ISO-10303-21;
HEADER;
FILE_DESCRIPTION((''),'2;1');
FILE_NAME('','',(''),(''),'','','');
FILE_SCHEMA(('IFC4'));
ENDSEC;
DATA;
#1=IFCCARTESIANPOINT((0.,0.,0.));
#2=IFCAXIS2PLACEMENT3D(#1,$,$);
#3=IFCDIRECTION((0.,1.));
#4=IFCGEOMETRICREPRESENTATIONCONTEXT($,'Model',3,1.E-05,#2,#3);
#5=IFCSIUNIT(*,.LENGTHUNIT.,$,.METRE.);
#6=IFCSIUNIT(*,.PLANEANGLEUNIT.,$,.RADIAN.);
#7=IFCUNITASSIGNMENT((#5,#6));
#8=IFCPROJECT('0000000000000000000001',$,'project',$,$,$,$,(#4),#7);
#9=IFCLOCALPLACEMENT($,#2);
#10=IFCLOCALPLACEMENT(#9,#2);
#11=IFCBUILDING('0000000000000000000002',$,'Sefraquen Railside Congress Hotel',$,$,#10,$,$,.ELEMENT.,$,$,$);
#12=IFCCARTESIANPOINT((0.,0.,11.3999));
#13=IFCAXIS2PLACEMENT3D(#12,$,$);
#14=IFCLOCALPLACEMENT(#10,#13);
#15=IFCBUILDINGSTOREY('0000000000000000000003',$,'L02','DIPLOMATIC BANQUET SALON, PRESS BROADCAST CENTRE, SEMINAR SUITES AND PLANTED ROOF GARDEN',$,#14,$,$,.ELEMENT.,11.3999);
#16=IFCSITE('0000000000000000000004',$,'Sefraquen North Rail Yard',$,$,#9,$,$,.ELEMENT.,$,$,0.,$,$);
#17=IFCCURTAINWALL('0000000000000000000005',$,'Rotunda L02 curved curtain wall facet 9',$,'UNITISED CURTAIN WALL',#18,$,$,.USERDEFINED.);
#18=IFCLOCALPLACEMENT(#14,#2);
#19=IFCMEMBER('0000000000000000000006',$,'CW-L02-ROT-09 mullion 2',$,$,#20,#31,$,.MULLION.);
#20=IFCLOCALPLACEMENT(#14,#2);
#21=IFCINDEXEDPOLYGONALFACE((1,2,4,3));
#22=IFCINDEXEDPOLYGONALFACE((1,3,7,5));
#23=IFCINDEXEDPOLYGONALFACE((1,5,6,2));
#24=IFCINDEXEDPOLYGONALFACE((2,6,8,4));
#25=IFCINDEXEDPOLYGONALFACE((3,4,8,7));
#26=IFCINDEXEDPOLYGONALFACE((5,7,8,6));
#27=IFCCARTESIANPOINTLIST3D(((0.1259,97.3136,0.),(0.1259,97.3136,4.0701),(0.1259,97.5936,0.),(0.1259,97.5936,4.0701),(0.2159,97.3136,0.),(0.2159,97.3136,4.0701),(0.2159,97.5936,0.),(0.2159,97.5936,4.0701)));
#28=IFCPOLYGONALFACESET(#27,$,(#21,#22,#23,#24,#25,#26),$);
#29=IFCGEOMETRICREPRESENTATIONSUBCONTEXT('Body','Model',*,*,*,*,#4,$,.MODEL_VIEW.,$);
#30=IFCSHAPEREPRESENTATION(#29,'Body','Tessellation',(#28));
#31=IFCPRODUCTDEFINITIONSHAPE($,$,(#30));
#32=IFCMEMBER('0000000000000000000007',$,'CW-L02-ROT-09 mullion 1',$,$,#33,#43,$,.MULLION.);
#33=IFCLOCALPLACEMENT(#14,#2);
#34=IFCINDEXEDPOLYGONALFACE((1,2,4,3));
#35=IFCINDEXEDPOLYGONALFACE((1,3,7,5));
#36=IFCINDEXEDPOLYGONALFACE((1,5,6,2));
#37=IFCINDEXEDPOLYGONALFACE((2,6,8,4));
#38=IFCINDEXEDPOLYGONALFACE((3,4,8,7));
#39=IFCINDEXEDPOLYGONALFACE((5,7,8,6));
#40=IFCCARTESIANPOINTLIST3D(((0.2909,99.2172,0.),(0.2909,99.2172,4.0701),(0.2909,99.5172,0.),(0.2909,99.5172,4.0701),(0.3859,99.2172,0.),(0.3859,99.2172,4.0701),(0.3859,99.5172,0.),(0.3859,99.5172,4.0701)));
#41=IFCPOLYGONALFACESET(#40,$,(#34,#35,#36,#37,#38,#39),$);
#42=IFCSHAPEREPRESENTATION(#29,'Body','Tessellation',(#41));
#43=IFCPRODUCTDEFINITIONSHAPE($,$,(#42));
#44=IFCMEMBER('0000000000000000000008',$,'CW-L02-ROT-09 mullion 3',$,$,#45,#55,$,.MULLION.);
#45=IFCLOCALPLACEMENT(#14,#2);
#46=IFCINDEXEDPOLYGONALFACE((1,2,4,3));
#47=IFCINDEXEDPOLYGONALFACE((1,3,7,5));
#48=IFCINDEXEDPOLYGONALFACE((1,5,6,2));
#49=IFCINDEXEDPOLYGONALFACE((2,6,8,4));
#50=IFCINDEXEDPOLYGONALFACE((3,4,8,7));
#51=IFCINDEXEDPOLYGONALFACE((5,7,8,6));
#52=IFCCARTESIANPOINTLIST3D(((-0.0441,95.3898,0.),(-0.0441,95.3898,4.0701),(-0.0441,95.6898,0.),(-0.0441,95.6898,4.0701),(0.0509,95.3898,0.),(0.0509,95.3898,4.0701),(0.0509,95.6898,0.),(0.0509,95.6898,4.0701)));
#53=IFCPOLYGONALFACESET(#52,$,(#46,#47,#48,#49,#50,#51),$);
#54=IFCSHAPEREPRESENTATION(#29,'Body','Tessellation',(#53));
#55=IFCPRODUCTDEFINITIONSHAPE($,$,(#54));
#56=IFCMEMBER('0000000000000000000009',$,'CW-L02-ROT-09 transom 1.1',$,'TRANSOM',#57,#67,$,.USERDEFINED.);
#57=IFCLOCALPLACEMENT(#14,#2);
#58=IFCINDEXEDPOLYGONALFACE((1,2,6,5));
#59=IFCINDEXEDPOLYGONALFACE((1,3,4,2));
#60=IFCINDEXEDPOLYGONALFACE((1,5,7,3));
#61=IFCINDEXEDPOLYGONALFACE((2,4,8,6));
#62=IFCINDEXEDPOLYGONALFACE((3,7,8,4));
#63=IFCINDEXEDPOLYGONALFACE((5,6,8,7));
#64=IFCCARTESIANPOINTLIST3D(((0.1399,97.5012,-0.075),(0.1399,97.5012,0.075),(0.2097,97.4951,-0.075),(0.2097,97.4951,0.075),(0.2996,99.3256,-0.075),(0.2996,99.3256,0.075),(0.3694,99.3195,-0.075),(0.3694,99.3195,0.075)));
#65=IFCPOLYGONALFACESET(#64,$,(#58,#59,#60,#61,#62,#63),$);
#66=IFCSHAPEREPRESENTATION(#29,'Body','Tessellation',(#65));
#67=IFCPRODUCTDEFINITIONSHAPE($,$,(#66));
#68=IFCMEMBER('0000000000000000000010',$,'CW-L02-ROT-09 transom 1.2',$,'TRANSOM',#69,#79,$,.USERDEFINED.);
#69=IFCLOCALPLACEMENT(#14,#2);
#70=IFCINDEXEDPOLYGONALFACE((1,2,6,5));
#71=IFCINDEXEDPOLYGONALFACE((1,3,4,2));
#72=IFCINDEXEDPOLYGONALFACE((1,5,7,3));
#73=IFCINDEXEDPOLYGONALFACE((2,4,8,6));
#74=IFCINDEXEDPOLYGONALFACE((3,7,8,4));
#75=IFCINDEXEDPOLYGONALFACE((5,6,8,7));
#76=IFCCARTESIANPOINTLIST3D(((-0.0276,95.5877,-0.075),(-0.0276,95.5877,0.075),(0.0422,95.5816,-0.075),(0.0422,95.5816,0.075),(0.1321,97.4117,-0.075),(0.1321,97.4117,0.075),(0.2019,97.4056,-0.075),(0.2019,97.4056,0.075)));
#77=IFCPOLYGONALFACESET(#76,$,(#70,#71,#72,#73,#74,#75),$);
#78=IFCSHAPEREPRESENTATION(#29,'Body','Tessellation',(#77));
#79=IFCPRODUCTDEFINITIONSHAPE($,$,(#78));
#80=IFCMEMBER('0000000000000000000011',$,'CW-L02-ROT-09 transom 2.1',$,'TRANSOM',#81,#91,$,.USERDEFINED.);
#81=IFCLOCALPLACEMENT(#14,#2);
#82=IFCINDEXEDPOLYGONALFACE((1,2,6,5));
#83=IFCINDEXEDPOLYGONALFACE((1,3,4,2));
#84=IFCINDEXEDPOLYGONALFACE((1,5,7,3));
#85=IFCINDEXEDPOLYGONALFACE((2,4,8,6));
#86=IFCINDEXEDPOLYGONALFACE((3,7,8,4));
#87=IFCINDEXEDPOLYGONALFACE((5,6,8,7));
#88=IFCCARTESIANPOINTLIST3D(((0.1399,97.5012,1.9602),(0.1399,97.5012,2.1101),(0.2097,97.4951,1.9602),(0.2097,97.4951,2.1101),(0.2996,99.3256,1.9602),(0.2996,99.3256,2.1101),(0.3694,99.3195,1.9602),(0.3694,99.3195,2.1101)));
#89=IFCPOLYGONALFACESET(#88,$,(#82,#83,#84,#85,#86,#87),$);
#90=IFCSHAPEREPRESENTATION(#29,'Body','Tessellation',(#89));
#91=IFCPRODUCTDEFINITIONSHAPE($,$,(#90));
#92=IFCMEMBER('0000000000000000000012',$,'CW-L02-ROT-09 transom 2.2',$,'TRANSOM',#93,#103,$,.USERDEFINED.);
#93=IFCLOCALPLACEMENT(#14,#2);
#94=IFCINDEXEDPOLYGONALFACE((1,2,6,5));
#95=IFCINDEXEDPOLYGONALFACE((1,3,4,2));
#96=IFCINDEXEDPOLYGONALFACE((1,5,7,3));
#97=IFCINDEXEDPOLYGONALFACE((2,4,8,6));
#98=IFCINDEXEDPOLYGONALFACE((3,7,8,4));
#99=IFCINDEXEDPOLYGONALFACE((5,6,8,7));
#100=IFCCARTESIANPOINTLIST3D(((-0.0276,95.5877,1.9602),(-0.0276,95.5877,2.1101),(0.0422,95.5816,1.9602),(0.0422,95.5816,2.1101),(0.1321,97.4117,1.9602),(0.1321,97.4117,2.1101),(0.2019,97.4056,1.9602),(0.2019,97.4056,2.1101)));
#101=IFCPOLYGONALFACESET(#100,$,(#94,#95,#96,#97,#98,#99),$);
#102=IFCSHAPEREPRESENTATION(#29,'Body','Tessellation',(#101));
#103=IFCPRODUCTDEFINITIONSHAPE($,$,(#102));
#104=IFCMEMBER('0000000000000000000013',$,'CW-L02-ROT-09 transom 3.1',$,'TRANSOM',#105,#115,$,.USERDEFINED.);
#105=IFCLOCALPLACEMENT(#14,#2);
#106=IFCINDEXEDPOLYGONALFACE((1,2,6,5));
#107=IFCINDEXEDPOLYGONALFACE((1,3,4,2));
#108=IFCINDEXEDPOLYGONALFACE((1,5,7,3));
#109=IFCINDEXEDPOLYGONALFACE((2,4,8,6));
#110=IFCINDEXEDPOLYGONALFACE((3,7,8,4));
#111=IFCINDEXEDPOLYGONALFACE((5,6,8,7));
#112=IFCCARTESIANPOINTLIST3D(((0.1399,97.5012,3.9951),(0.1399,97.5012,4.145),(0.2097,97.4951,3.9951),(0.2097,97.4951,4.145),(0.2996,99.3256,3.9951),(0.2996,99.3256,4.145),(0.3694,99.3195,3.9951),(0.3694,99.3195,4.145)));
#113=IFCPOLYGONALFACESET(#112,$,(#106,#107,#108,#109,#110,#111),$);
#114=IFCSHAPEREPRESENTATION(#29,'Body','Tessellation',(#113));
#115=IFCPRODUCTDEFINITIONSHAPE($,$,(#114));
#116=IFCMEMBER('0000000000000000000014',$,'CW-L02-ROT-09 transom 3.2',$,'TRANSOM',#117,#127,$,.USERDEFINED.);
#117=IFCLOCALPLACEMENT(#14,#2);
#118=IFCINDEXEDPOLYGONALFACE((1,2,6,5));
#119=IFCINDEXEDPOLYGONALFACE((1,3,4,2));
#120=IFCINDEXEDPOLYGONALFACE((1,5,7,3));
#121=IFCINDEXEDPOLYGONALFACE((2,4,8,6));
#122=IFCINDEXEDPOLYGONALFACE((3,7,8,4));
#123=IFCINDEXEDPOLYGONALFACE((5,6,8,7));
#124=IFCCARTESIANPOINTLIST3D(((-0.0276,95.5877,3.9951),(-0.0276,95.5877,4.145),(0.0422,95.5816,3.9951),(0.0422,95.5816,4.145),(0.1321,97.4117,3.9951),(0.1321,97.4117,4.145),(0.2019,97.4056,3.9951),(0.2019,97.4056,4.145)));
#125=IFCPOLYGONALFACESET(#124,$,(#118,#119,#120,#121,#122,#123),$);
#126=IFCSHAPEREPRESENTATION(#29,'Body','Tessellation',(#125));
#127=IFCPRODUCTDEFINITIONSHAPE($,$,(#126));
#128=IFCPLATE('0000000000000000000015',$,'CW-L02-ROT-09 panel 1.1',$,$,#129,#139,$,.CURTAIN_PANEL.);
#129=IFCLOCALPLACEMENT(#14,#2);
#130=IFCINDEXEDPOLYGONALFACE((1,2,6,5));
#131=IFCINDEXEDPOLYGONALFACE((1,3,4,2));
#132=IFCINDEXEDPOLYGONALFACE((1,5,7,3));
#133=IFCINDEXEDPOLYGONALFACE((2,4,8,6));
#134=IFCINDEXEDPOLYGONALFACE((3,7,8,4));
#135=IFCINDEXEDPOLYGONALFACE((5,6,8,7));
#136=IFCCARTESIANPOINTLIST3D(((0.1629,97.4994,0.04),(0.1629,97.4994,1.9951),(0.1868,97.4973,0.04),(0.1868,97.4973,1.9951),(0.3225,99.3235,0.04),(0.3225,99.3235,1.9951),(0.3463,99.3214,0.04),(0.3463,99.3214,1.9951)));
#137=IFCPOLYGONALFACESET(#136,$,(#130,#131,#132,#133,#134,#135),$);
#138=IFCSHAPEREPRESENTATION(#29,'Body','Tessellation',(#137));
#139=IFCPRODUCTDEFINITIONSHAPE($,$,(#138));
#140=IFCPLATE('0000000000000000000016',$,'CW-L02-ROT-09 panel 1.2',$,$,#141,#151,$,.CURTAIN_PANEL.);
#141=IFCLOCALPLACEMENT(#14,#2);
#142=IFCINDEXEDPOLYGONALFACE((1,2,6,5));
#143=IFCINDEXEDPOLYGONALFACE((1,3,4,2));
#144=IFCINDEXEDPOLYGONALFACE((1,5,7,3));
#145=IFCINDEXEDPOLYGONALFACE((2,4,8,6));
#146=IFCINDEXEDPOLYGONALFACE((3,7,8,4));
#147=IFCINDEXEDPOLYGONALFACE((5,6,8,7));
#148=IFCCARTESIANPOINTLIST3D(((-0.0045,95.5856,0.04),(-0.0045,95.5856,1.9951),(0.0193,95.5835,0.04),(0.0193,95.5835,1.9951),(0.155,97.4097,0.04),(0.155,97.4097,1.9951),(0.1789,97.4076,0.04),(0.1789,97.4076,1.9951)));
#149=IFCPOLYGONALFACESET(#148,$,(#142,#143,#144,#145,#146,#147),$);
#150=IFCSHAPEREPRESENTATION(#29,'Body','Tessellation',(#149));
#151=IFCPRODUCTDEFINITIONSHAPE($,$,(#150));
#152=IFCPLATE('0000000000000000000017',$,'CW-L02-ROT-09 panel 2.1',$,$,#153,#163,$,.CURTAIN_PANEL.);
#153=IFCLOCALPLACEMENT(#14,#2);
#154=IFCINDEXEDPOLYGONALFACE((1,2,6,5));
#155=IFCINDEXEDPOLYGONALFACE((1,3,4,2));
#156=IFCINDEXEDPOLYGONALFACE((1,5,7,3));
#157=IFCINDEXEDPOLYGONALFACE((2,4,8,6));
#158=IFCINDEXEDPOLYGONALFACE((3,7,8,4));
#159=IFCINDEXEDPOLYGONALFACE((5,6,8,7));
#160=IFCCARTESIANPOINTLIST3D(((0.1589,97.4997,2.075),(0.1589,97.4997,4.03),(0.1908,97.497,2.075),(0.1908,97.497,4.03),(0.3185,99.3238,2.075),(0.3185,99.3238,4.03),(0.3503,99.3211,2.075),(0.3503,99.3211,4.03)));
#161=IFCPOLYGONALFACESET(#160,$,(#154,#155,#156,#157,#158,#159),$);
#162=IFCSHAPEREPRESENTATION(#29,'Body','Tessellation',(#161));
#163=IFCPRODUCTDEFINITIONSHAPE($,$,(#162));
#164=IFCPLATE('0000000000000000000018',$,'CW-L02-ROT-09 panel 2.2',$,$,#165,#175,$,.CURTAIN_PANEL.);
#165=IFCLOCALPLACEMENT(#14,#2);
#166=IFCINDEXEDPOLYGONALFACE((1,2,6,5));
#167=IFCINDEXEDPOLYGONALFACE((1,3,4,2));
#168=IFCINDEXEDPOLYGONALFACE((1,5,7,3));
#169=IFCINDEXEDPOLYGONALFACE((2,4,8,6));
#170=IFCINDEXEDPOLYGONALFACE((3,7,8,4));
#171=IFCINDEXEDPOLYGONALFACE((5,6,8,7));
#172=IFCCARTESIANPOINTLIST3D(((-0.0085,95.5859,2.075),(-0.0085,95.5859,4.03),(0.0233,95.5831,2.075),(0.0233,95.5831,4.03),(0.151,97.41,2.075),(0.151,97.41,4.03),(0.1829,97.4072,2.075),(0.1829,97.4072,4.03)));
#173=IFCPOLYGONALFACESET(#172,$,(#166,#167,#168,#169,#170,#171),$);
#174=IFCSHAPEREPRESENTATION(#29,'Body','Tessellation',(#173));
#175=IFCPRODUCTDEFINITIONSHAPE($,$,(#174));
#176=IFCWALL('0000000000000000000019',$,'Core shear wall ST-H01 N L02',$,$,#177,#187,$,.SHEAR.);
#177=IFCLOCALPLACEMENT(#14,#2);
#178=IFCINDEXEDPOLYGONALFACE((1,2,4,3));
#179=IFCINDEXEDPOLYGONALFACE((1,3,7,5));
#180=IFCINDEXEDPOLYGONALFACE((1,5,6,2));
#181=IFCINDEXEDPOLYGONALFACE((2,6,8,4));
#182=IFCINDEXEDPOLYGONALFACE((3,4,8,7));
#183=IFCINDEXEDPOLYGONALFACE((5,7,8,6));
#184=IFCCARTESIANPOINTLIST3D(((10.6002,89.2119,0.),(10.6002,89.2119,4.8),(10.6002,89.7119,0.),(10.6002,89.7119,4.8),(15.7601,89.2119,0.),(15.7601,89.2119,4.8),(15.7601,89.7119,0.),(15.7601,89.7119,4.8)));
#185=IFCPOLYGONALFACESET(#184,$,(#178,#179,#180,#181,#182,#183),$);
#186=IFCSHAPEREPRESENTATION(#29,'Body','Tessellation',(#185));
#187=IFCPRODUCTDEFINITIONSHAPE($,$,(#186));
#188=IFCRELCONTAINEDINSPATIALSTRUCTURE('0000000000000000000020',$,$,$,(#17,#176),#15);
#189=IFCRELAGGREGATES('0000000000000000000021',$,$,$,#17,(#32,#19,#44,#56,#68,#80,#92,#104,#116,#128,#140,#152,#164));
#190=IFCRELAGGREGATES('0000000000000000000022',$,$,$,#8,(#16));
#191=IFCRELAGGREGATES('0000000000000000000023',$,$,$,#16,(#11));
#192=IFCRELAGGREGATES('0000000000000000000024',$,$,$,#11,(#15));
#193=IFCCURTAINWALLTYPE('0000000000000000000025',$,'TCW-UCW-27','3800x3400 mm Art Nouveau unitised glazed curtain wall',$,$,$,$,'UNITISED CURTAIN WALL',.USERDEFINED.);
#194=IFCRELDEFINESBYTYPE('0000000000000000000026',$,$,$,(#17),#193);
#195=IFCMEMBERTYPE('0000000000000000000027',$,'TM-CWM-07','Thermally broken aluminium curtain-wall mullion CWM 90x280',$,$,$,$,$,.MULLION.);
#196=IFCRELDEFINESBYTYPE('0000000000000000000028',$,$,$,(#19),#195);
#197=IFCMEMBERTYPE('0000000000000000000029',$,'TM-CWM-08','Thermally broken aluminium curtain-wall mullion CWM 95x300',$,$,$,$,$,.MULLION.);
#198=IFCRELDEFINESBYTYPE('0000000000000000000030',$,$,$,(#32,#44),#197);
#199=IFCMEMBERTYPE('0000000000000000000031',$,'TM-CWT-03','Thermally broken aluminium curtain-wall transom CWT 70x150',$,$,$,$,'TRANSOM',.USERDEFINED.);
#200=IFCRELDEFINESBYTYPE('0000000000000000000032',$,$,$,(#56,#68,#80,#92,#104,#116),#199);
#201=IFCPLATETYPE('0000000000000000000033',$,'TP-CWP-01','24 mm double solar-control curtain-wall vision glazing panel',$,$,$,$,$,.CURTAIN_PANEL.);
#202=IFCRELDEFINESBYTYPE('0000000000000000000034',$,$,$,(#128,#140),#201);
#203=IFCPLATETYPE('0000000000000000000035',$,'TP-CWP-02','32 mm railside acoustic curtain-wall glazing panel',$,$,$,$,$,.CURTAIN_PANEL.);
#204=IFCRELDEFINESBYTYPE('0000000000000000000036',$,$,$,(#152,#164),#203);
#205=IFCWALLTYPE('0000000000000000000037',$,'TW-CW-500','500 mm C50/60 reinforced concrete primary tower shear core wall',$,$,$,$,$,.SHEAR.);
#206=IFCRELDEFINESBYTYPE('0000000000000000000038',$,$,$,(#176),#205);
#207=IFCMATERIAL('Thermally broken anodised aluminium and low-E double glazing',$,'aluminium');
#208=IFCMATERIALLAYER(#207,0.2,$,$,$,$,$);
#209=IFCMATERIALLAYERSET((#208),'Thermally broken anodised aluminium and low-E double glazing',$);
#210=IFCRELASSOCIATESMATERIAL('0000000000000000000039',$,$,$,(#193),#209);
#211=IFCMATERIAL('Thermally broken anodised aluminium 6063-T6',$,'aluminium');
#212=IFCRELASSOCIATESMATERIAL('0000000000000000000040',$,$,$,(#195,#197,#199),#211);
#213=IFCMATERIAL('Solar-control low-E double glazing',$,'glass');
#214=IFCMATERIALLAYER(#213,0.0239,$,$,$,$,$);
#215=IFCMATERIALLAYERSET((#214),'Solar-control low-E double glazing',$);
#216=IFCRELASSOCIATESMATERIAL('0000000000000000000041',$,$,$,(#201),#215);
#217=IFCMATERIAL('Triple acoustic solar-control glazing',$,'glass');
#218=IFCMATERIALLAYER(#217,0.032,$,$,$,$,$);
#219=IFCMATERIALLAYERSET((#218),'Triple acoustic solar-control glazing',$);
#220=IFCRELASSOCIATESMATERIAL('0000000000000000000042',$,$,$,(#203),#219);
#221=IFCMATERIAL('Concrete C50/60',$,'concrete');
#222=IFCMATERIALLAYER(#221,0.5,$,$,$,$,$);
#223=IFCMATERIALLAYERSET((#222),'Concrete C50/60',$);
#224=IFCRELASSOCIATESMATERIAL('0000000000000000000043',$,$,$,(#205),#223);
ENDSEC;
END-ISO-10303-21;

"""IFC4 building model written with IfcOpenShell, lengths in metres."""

from ifc_helpers import new_model, si_unit, direction, frame, frame_2d, origin, origin_2d, place, context, subcontext, project, spatial, rectangle, extrude, material, layer, layer_set, material_profile, profile_set, type_object, element, aggregate, save


model = new_model("IFC4")

# Units and contexts
model_context = context("Model", 3, precision=1e-05, world=origin(), true_north=direction((0.0, 1.0)))
body_context = subcontext(model_context, "Body", "Model", "MODEL_VIEW")
ifc_project = project(units=[si_unit("LENGTHUNIT", "METRE"), si_unit("PLANEANGLEUNIT", "RADIAN")], contexts=[model_context])

# Site, building, storey
site_placement = place(None, origin())
site = spatial("IfcSite", under=ifc_project, at=site_placement, Name="Sefraquen North Rail Yard", CompositionType="ELEMENT", RefElevation=0.0)
building_placement = place(site_placement, origin())
building = spatial("IfcBuilding", under=site, at=building_placement, Name="Sefraquen Railside Congress Hotel", CompositionType="ELEMENT")
storey_placement = place(building_placement, frame((0.0, 0.0, 11.3999)))
storey = spatial("IfcBuildingStorey", under=building, at=storey_placement, Name="L02", Description="DIPLOMATIC BANQUET SALON, PRESS BROADCAST CENTRE, SEMINAR SUITES AND PLANTED ROOF GARDEN", CompositionType="ELEMENT", Elevation=11.3999)

# Curtain wall, members, plates
ifc_material_1 = material(Name="Thermally broken anodised aluminium and low-E double glazing", Category="aluminium")
ifc_layer_1 = layer(ifc_material_1, 0.2)
ifc_layer_set_1 = layer_set([ifc_layer_1], Name="Thermally broken anodised aluminium and low-E double glazing")
curtain_wall_type = type_object("IfcCurtainWallType", Name="TCW-UCW-27", Description="3800x3400 mm Art Nouveau unitised glazed curtain wall", ElementType="UNITISED CURTAIN WALL", PredefinedType="USERDEFINED", material=ifc_layer_set_1)
curtain_wall_placement = place(storey_placement, origin())
curtain_wall = element("IfcCurtainWall", 1, at=curtain_wall_placement, inside=storey, type_object=curtain_wall_type, Name="Rotunda L02 curved curtain wall facet 9", ObjectType="UNITISED CURTAIN WALL", PredefinedType="USERDEFINED")
ifc_material_2 = material(Name="Thermally broken anodised aluminium 6063-T6", Category="aluminium")
ifc_material_profile_1 = material_profile(ifc_material_2, rectangle(XDim=0.0901, YDim=0.28, at=origin_2d()), Name="CWM 90x280")
ifc_profile_set_1 = profile_set([ifc_material_profile_1], Name="Thermally broken anodised aluminium 6063-T6")
member_type_1 = type_object("IfcMemberType", Name="TM-CWM-07", Description="Thermally broken aluminium curtain-wall mullion CWM 90x280", PredefinedType="MULLION", material=ifc_profile_set_1)
member_1_placement = place(storey_placement, frame((0.1709, 97.4536, 0.0), z_axis=(0.0, 0.0, 1.0), x_axis=(1.0, 0.0, 0.0)))
member_1 = element("IfcMember", 2, at=member_1_placement, type_object=member_type_1, Name="CW-L02-ROT-09 mullion 2", PredefinedType="MULLION", context=body_context, shape_type="SweptSolid", body=[
    extrude(rectangle(XDim=0.0901, YDim=0.28, at=origin_2d()), origin(), (0.0, 0.0, 1.0), 4.0701),
])
ifc_material_profile_2 = material_profile(ifc_material_2, rectangle(XDim=0.095, YDim=0.3, at=origin_2d()), Name="CWM 95x300")
ifc_profile_set_2 = profile_set([ifc_material_profile_2], Name="Thermally broken anodised aluminium 6063-T6")
member_type_2 = type_object("IfcMemberType", Name="TM-CWM-08", Description="Thermally broken aluminium curtain-wall mullion CWM 95x300", PredefinedType="MULLION", material=ifc_profile_set_2)
member_2_placement = place(storey_placement, frame((0.3384, 99.3672, 0.0), z_axis=(0.0, 0.0, 1.0), x_axis=(1.0, 0.0, 0.0)))
member_2 = element("IfcMember", 3, at=member_2_placement, type_object=member_type_2, Name="CW-L02-ROT-09 mullion 1", PredefinedType="MULLION", context=body_context, shape_type="SweptSolid", body=[
    extrude(rectangle(XDim=0.095, YDim=0.3, at=origin_2d()), origin(), (0.0, 0.0, 1.0), 4.0701),
])
member_3_placement = place(storey_placement, frame((0.0034, 95.5398, 0.0), z_axis=(0.0, 0.0, 1.0), x_axis=(1.0, 0.0, 0.0)))
member_3 = element("IfcMember", 4, at=member_3_placement, type_object=member_type_2, Name="CW-L02-ROT-09 mullion 3", PredefinedType="MULLION", context=body_context, shape_type="SweptSolid", body=[
    extrude(rectangle(XDim=0.095, YDim=0.3, at=origin_2d()), origin(), (0.0, 0.0, 1.0), 4.0701),
])
ifc_material_profile_3 = material_profile(ifc_material_2, rectangle(XDim=0.0701, YDim=0.1499, at=origin_2d()), Name="CWT 70x150")
ifc_profile_set_3 = profile_set([ifc_material_profile_3], Name="Thermally broken anodised aluminium 6063-T6")
member_type_3 = type_object("IfcMemberType", Name="TM-CWT-03", Description="Thermally broken aluminium curtain-wall transom CWT 70x150", ElementType="TRANSOM", PredefinedType="USERDEFINED", material=ifc_profile_set_3)
member_4_placement = place(storey_placement, frame((0.3345, 99.3225, 0.0), z_axis=(-0.087193, -0.996191, 0.0), x_axis=(0.996191, -0.087193, 0.0)))
member_4 = element("IfcMember", 5, at=member_4_placement, type_object=member_type_3, Name="CW-L02-ROT-09 transom 1.1", ObjectType="TRANSOM", PredefinedType="USERDEFINED", context=body_context, shape_type="SweptSolid", body=[
    extrude(rectangle(XDim=0.0701, YDim=0.1499, at=origin_2d()), origin(), (0.0, 0.0, 1.0), 1.8313),
])
member_5_placement = place(storey_placement, frame((0.167, 97.4087, 0.0), z_axis=(-0.087205, -0.99619, 0.0), x_axis=(0.99619, -0.087205, 0.0)))
member_5 = element("IfcMember", 6, at=member_5_placement, type_object=member_type_3, Name="CW-L02-ROT-09 transom 1.2", ObjectType="TRANSOM", PredefinedType="USERDEFINED", context=body_context, shape_type="SweptSolid", body=[
    extrude(rectangle(XDim=0.0701, YDim=0.1499, at=origin_2d()), origin(), (0.0, 0.0, 1.0), 1.8311),
])
member_6_placement = place(storey_placement, frame((0.3345, 99.3225, 2.0352), z_axis=(-0.087193, -0.996191, 0.0), x_axis=(0.996191, -0.087193, 0.0)))
member_6 = element("IfcMember", 7, at=member_6_placement, type_object=member_type_3, Name="CW-L02-ROT-09 transom 2.1", ObjectType="TRANSOM", PredefinedType="USERDEFINED", context=body_context, shape_type="SweptSolid", body=[
    extrude(rectangle(XDim=0.0701, YDim=0.1499, at=origin_2d()), origin(), (0.0, 0.0, 1.0), 1.8313),
])
member_7_placement = place(storey_placement, frame((0.167, 97.4087, 2.0352), z_axis=(-0.087205, -0.99619, 0.0), x_axis=(0.99619, -0.087205, 0.0)))
member_7 = element("IfcMember", 8, at=member_7_placement, type_object=member_type_3, Name="CW-L02-ROT-09 transom 2.2", ObjectType="TRANSOM", PredefinedType="USERDEFINED", context=body_context, shape_type="SweptSolid", body=[
    extrude(rectangle(XDim=0.0701, YDim=0.1499, at=origin_2d()), origin(), (0.0, 0.0, 1.0), 1.8311),
])
member_8_placement = place(storey_placement, frame((0.3345, 99.3225, 4.0701), z_axis=(-0.087193, -0.996191, 0.0), x_axis=(0.996191, -0.087193, 0.0)))
member_8 = element("IfcMember", 9, at=member_8_placement, type_object=member_type_3, Name="CW-L02-ROT-09 transom 3.1", ObjectType="TRANSOM", PredefinedType="USERDEFINED", context=body_context, shape_type="SweptSolid", body=[
    extrude(rectangle(XDim=0.0701, YDim=0.1499, at=origin_2d()), origin(), (0.0, 0.0, 1.0), 1.8313),
])
member_9_placement = place(storey_placement, frame((0.167, 97.4087, 4.0701), z_axis=(-0.087205, -0.99619, 0.0), x_axis=(0.99619, -0.087205, 0.0)))
member_9 = element("IfcMember", 10, at=member_9_placement, type_object=member_type_3, Name="CW-L02-ROT-09 transom 3.2", ObjectType="TRANSOM", PredefinedType="USERDEFINED", context=body_context, shape_type="SweptSolid", body=[
    extrude(rectangle(XDim=0.0701, YDim=0.1499, at=origin_2d()), origin(), (0.0, 0.0, 1.0), 1.8311),
])
ifc_material_3 = material(Name="Solar-control low-E double glazing", Category="glass")
ifc_layer_2 = layer(ifc_material_3, 0.0239)
ifc_layer_set_2 = layer_set([ifc_layer_2], Name="Solar-control low-E double glazing")
plate_type_1 = type_object("IfcPlateType", Name="TP-CWP-01", Description="24 mm double solar-control curtain-wall vision glazing panel", PredefinedType="CURTAIN_PANEL", material=ifc_layer_set_2)
plate_1_placement = place(storey_placement, frame((0.2546, 98.4104, 0.04), z_axis=(0.0, 0.0, 1.0), x_axis=(-0.087138, -0.996196, 0.0)))
plate_1 = element("IfcPlate", 11, at=plate_1_placement, type_object=plate_type_1, Name="CW-L02-ROT-09 panel 1.1", PredefinedType="CURTAIN_PANEL", context=body_context, shape_type="SweptSolid", body=[
    extrude(rectangle(XDim=1.8311, YDim=0.0239, at=origin_2d()), origin(), (0.0, 0.0, 1.0), 1.9551),
])
plate_2_placement = place(storey_placement, frame((0.0872, 96.4966, 0.04), z_axis=(0.0, 0.0, 1.0), x_axis=(-0.087138, -0.996196, 0.0)))
plate_2 = element("IfcPlate", 12, at=plate_2_placement, type_object=plate_type_1, Name="CW-L02-ROT-09 panel 1.2", PredefinedType="CURTAIN_PANEL", context=body_context, shape_type="SweptSolid", body=[
    extrude(rectangle(XDim=1.8311, YDim=0.0239, at=origin_2d()), origin(), (0.0, 0.0, 1.0), 1.9551),
])
ifc_material_4 = material(Name="Triple acoustic solar-control glazing", Category="glass")
ifc_layer_3 = layer(ifc_material_4, 0.032)
ifc_layer_set_3 = layer_set([ifc_layer_3], Name="Triple acoustic solar-control glazing")
plate_type_2 = type_object("IfcPlateType", Name="TP-CWP-02", Description="32 mm railside acoustic curtain-wall glazing panel", PredefinedType="CURTAIN_PANEL", material=ifc_layer_set_3)
plate_3_placement = place(storey_placement, frame((0.2546, 98.4104, 2.075), z_axis=(0.0, 0.0, 1.0), x_axis=(-0.087138, -0.996196, 0.0)))
plate_3 = element("IfcPlate", 13, at=plate_3_placement, type_object=plate_type_2, Name="CW-L02-ROT-09 panel 2.1", PredefinedType="CURTAIN_PANEL", context=body_context, shape_type="SweptSolid", body=[
    extrude(rectangle(XDim=1.8311, YDim=0.032, at=origin_2d()), origin(), (0.0, 0.0, 1.0), 1.9551),
])
plate_4_placement = place(storey_placement, frame((0.0872, 96.4966, 2.075), z_axis=(0.0, 0.0, 1.0), x_axis=(-0.087138, -0.996196, 0.0)))
plate_4 = element("IfcPlate", 14, at=plate_4_placement, type_object=plate_type_2, Name="CW-L02-ROT-09 panel 2.2", PredefinedType="CURTAIN_PANEL", context=body_context, shape_type="SweptSolid", body=[
    extrude(rectangle(XDim=1.8311, YDim=0.032, at=origin_2d()), origin(), (0.0, 0.0, 1.0), 1.9551),
])
aggregate(curtain_wall, [member_2, member_1, member_3, member_4, member_5, member_6, member_7, member_8, member_9, plate_1, plate_2, plate_3, plate_4])

# Wall
ifc_material_5 = material(Name="Concrete C50/60", Category="concrete")
ifc_layer_4 = layer(ifc_material_5, 0.5)
ifc_layer_set_4 = layer_set([ifc_layer_4], Name="Concrete C50/60")
wall_type_1 = type_object("IfcWallType", Name="TW-CW-500", Description="500 mm C50/60 reinforced concrete primary tower shear core wall", PredefinedType="SHEAR", material=ifc_layer_set_4)
wall_1_placement = place(storey_placement, frame((10.6001, 89.4619, 0.0), z_axis=(0.0, 0.0, 1.0), x_axis=(1.0, 0.0, 0.0)))
element("IfcWall", 15, at=wall_1_placement, inside=storey, type_object=wall_type_1, Name="Core shear wall ST-H01 N L02", PredefinedType="SHEAR", context=body_context, shape_type="SweptSolid", body=[
    extrude(rectangle(XDim=5.1599, YDim=0.5, at=frame_2d((2.5801, 0.0))), origin(), (0.0, 0.0, 1.0), 4.8),
])

save(model, "model.ifc")
